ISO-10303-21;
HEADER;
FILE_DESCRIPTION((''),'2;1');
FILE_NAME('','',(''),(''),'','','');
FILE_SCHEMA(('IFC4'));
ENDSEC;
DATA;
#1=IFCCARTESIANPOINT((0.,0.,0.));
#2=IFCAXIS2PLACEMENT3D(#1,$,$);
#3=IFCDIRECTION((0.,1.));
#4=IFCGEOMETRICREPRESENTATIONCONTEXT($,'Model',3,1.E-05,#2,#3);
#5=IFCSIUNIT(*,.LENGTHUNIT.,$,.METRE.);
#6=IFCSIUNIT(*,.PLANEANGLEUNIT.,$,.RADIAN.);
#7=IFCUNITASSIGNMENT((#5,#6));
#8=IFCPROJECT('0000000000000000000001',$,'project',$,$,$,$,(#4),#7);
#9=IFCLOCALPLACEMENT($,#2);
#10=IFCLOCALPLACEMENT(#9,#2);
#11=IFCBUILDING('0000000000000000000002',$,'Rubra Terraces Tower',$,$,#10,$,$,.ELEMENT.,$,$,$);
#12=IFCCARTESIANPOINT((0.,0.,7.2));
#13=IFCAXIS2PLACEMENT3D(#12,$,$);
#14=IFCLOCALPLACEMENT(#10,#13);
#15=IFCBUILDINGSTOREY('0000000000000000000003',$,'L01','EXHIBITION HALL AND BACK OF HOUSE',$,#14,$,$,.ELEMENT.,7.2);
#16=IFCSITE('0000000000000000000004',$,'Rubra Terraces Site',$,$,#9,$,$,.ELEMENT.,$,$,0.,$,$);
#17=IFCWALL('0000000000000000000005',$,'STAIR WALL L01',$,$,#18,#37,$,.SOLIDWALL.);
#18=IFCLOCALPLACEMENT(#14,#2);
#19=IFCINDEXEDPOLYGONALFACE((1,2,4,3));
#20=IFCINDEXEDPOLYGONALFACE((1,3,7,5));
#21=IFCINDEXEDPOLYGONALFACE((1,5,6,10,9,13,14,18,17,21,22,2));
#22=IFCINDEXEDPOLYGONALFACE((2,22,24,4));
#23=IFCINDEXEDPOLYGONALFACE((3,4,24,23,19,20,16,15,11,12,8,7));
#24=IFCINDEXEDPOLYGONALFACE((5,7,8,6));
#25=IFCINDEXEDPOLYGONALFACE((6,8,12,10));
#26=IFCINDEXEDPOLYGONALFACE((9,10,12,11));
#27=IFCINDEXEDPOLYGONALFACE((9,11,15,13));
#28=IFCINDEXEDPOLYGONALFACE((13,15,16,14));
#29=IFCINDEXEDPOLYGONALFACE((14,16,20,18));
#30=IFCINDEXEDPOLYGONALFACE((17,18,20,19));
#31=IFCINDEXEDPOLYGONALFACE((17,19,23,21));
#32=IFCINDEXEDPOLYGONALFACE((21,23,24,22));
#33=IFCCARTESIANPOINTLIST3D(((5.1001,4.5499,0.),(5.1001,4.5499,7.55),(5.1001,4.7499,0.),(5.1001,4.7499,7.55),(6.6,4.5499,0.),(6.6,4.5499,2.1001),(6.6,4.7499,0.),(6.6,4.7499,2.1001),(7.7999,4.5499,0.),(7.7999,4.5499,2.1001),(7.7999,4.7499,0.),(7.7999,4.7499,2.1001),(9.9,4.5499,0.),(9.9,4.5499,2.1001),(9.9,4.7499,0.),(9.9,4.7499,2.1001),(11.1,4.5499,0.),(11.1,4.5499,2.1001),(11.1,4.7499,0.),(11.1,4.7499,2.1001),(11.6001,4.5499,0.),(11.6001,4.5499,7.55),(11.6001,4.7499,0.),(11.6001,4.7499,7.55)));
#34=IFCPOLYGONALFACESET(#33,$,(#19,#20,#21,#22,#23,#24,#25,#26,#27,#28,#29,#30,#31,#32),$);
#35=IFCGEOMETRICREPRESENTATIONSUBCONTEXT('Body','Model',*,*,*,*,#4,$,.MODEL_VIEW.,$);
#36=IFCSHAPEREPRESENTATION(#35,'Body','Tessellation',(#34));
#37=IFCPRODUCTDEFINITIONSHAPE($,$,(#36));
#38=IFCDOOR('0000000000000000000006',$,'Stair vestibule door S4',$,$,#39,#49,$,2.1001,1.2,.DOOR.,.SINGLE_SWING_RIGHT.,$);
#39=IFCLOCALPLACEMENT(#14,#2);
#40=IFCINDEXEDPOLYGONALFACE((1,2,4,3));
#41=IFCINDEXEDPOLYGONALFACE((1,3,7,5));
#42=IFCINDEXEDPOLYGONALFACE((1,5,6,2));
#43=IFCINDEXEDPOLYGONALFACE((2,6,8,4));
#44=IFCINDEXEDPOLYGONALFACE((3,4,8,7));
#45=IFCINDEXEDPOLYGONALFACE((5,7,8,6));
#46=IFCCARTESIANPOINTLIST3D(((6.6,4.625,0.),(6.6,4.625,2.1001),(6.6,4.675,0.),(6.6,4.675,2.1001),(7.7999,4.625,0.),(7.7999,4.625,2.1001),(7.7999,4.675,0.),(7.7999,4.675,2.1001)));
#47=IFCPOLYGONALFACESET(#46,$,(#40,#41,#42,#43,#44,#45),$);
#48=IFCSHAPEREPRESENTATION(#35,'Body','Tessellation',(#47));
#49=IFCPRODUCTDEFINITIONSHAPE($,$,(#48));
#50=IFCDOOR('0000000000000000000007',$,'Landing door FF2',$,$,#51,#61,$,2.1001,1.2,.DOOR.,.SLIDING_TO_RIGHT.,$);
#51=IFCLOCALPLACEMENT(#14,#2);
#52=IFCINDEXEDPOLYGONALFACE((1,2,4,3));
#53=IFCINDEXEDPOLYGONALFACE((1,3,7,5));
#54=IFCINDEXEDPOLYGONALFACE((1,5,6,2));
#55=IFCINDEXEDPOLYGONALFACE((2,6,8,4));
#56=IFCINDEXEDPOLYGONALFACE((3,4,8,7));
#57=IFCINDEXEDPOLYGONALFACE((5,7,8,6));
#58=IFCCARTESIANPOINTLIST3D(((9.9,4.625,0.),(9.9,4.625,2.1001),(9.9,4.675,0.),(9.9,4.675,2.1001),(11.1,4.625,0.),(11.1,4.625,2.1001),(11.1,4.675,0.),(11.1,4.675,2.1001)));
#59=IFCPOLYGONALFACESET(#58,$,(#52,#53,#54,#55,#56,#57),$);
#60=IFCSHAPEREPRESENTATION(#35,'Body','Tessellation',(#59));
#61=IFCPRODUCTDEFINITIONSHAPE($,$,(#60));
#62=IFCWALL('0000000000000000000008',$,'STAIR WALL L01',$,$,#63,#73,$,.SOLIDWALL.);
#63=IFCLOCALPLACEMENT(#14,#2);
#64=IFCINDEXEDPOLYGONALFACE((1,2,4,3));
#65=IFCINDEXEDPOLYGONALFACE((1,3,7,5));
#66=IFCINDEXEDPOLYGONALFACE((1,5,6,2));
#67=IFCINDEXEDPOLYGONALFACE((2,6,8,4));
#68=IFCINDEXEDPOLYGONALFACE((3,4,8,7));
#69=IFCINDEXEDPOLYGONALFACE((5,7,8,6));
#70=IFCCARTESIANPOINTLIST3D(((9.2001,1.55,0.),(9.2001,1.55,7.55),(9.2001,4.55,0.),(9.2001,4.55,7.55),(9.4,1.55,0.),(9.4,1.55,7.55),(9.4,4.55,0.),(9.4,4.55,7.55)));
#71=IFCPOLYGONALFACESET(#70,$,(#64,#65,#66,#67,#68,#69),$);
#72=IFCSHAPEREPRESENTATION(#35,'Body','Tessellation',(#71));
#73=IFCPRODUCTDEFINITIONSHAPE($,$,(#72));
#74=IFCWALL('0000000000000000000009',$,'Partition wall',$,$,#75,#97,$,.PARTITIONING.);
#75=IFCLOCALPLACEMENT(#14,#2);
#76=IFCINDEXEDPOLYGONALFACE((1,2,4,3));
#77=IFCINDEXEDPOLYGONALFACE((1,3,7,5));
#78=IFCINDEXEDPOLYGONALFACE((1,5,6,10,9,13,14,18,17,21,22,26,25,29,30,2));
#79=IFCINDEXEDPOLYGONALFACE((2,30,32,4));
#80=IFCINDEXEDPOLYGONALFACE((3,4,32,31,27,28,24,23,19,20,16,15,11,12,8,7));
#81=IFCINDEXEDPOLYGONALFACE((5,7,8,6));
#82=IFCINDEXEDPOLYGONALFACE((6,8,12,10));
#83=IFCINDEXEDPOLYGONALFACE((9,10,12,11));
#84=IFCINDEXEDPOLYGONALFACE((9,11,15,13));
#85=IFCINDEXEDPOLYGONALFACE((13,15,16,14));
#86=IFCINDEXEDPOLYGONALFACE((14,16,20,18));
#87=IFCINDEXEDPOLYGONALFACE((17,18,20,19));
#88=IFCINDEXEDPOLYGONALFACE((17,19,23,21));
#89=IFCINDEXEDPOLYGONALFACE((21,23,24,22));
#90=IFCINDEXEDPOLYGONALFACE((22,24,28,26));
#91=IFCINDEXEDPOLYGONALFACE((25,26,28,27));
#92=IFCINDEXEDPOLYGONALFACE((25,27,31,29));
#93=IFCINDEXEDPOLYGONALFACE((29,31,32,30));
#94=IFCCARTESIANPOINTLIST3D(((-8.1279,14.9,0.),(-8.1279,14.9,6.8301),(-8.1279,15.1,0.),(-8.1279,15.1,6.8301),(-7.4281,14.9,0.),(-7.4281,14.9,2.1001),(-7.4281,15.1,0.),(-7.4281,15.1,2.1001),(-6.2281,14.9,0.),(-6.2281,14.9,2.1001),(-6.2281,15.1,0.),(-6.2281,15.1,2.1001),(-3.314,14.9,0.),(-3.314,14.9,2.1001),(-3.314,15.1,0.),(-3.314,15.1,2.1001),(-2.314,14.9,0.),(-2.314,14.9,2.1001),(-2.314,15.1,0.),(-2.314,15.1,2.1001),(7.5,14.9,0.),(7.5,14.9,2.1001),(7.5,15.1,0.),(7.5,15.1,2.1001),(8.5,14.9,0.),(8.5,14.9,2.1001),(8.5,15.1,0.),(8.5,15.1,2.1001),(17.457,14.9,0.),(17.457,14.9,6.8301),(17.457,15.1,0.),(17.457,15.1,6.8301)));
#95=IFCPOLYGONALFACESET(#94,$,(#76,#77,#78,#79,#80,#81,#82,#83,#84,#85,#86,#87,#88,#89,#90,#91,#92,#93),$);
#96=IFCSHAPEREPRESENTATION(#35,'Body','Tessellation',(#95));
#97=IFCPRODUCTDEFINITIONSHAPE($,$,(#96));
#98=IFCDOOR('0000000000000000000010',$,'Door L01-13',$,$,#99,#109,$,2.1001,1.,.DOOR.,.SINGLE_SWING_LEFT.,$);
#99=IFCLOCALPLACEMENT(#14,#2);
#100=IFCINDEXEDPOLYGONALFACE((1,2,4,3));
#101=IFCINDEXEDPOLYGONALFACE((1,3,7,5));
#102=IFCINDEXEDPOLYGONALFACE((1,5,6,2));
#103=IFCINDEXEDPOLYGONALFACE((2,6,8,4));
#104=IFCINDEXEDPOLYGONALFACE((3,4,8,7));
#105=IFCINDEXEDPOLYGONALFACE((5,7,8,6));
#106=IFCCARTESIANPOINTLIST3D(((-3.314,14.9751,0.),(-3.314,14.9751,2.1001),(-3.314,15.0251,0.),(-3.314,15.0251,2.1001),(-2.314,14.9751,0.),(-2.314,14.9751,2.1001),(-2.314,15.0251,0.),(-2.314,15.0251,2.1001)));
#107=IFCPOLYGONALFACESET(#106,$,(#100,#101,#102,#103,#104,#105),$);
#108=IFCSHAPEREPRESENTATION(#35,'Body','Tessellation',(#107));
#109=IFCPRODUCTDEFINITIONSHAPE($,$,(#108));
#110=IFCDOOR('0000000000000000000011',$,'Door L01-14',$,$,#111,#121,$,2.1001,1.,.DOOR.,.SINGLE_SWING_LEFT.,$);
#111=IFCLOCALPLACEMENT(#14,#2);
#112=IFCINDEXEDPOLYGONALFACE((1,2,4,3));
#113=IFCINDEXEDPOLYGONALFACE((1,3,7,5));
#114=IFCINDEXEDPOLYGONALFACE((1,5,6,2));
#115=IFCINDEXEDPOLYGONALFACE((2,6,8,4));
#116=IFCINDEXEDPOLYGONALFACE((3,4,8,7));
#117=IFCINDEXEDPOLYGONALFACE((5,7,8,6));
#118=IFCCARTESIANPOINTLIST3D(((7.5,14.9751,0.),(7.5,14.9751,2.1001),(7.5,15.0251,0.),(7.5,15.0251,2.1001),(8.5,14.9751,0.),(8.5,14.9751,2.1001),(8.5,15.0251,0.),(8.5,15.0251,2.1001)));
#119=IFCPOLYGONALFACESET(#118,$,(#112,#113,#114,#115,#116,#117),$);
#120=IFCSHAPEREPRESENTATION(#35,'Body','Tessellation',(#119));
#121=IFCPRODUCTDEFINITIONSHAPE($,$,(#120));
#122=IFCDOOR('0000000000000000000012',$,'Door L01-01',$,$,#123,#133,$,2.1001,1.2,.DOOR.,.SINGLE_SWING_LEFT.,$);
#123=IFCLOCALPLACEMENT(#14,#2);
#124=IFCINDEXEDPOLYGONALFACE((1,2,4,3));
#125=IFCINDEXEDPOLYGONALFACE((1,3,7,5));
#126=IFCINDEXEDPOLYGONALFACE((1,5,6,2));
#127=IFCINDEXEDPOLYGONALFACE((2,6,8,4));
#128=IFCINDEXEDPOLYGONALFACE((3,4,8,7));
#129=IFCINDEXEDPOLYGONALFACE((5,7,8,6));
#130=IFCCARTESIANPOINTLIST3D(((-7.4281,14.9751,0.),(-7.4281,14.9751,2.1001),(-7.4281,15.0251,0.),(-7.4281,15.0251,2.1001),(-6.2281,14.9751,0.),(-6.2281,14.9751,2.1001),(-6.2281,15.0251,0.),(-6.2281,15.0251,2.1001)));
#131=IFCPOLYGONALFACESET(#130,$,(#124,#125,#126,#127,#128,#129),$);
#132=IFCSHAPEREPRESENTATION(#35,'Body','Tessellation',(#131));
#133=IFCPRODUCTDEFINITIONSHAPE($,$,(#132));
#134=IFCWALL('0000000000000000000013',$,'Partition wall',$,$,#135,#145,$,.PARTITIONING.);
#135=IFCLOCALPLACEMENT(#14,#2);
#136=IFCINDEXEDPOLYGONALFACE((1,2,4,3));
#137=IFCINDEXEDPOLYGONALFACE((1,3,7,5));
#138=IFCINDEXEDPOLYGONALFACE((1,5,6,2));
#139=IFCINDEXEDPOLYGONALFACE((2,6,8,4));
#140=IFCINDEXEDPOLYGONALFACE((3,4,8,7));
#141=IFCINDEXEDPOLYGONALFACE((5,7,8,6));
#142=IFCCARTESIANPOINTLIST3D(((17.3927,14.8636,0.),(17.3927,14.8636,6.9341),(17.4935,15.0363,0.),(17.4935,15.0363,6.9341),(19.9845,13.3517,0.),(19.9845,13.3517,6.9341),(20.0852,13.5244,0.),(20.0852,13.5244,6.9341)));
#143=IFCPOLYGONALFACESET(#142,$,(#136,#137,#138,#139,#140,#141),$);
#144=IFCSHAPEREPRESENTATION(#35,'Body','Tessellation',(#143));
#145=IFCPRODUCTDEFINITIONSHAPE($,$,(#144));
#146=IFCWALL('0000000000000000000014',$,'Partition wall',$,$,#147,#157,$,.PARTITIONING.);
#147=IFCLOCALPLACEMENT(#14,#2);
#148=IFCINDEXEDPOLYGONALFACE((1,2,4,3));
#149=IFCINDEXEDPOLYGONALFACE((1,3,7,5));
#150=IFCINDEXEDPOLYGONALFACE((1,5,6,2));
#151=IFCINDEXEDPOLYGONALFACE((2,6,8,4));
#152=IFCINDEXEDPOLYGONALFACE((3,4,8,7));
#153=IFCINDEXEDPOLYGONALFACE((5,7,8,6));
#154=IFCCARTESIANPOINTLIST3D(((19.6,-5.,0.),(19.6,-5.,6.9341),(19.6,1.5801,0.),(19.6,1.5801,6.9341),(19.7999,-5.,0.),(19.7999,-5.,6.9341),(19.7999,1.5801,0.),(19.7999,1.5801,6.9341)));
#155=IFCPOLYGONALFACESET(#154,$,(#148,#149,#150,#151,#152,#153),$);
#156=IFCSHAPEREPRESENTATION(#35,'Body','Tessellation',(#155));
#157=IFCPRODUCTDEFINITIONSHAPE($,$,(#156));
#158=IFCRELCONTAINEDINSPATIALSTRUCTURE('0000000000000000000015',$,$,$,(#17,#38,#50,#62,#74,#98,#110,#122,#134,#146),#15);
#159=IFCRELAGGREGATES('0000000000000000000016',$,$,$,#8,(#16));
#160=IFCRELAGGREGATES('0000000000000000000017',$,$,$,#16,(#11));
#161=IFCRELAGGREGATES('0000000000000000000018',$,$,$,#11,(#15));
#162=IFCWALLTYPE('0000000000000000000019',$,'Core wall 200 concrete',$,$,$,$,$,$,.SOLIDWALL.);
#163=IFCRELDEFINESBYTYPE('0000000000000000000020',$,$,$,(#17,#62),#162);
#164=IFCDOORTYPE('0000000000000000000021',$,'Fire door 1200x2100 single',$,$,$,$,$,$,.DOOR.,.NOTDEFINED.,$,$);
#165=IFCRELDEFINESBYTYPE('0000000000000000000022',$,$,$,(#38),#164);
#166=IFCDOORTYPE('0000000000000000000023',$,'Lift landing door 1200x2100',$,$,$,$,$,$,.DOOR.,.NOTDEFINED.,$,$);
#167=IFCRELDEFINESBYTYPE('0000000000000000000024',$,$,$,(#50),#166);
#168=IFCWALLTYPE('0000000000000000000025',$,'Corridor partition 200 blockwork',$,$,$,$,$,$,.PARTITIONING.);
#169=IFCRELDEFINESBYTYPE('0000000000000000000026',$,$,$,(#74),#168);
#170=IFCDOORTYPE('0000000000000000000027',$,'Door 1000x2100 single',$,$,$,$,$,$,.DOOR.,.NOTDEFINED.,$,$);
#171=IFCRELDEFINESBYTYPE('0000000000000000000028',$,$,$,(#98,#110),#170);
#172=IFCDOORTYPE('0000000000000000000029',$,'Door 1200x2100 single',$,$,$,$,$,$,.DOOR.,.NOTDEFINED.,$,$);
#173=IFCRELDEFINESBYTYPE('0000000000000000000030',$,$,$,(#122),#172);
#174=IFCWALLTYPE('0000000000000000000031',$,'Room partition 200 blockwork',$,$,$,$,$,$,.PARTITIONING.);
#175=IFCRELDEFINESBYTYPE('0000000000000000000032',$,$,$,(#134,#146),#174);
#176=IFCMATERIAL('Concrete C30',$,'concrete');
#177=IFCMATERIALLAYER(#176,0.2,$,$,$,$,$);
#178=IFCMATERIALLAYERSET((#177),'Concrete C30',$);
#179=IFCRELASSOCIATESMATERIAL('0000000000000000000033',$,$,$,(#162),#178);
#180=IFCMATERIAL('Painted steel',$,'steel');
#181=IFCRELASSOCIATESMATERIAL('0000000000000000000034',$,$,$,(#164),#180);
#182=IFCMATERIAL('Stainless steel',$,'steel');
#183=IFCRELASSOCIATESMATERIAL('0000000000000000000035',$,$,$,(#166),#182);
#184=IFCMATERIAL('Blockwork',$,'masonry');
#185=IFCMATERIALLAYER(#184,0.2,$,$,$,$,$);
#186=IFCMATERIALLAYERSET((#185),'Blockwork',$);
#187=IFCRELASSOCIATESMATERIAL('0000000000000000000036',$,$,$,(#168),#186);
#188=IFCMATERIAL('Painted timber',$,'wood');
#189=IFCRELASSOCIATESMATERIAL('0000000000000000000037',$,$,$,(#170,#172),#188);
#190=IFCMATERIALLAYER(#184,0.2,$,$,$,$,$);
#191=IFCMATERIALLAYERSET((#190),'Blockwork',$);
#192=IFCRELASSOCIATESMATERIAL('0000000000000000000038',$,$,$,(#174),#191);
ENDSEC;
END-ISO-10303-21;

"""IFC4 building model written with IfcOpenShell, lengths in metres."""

from ifc_helpers import new_model, si_unit, direction, frame, frame_2d, origin, place, context, subcontext, project, spatial, rectangle, extrude, material, layer, layer_set, type_object, element, fill, save


model = new_model("IFC4")

# Units and contexts
model_context = context("Model", 3, precision=1e-05, world=origin(), true_north=direction((0.0, 1.0)))
body_context = subcontext(model_context, "Body", "Model", "MODEL_VIEW")
ifc_project = project(units=[si_unit("LENGTHUNIT", "METRE"), si_unit("PLANEANGLEUNIT", "RADIAN")], contexts=[model_context])

# Site, building, storey
site_placement = place(None, origin())
site = spatial("IfcSite", under=ifc_project, at=site_placement, Name="Rubra Terraces Site", CompositionType="ELEMENT", RefElevation=0.0)
building_placement = place(site_placement, origin())
building = spatial("IfcBuilding", under=site, at=building_placement, Name="Rubra Terraces Tower", CompositionType="ELEMENT")
storey_placement = place(building_placement, frame((0.0, 0.0, 7.2)))
storey = spatial("IfcBuildingStorey", under=building, at=storey_placement, Name="L01", Description="EXHIBITION HALL AND BACK OF HOUSE", CompositionType="ELEMENT", Elevation=7.2)

# Wall, openings, doors
ifc_material_1 = material(Name="Concrete C30", Category="concrete")
ifc_layer_1 = layer(ifc_material_1, 0.2)
ifc_layer_set_1 = layer_set([ifc_layer_1], Name="Concrete C30")
wall_type_1 = type_object("IfcWallType", Name="Core wall 200 concrete", PredefinedType="SOLIDWALL", material=ifc_layer_set_1)
wall_1_placement = place(storey_placement, frame((11.6001, 4.6499, 0.0), z_axis=(0.0, 0.0, 1.0), x_axis=(-1.0, 0.0, 0.0)))
wall_1 = element("IfcWall", 1, at=wall_1_placement, inside=storey, type_object=wall_type_1, Name="STAIR WALL L01", PredefinedType="SOLIDWALL", context=body_context, shape_type="SweptSolid", body=[
    extrude(rectangle(XDim=6.5, YDim=0.2, at=frame_2d((3.25, 0.0))), origin(), (0.0, 0.0, 1.0), 7.55),
])
opening_1_placement = place(wall_1_placement, frame((3.8, 0.0, 0.0)))
opening_1 = element("IfcOpeningElement", 2, at=opening_1_placement, cuts=wall_1, PredefinedType="OPENING", context=body_context, shape_type="SweptSolid", body=[
    extrude(rectangle(XDim=1.2, YDim=2.1001, at=frame_2d((0.6001, 1.05))), frame((0.0, 0.1099, 0.0), z_axis=(0.0, -1.0, 0.0), x_axis=(1.0, 0.0, 0.0)), (0.0, 0.0, 1.0), 0.22),
])
opening_2_placement = place(wall_1_placement, frame((0.5, 0.0, 0.0)))
opening_2 = element("IfcOpeningElement", 3, at=opening_2_placement, cuts=wall_1, PredefinedType="OPENING", context=body_context, shape_type="SweptSolid", body=[
    extrude(rectangle(XDim=1.2, YDim=2.1001, at=frame_2d((0.6001, 1.05))), frame((0.0, 0.1099, 0.0), z_axis=(0.0, -1.0, 0.0), x_axis=(1.0, 0.0, 0.0)), (0.0, 0.0, 1.0), 0.22),
])
ifc_material_2 = material(Name="Painted steel", Category="steel")
door_type_1 = type_object("IfcDoorType", Name="Fire door 1200x2100 single", OperationType="NOTDEFINED", PredefinedType="DOOR", material=ifc_material_2)
door_1_placement = place(opening_1_placement, origin())
door_1 = element("IfcDoor", 4, at=door_1_placement, inside=storey, type_object=door_type_1, Name="Stair vestibule door S4", OperationType="SINGLE_SWING_RIGHT", OverallHeight=2.1001, OverallWidth=1.2, PredefinedType="DOOR", context=body_context, shape_type="SweptSolid", body=[
    extrude(rectangle(XDim=1.2, YDim=2.1001, at=frame_2d((0.6001, 1.05))), frame((0.0, 0.0249, 0.0), z_axis=(0.0, -1.0, 0.0), x_axis=(1.0, 0.0, 0.0)), (0.0, 0.0, 1.0), 0.05),
])
fill(opening_1, door_1)
ifc_material_3 = material(Name="Stainless steel", Category="steel")
door_type_2 = type_object("IfcDoorType", Name="Lift landing door 1200x2100", OperationType="NOTDEFINED", PredefinedType="DOOR", material=ifc_material_3)
door_2_placement = place(opening_2_placement, origin())
door_2 = element("IfcDoor", 5, at=door_2_placement, inside=storey, type_object=door_type_2, Name="Landing door FF2", OperationType="SLIDING_TO_RIGHT", OverallHeight=2.1001, OverallWidth=1.2, PredefinedType="DOOR", context=body_context, shape_type="SweptSolid", body=[
    extrude(rectangle(XDim=1.2, YDim=2.1001, at=frame_2d((0.6001, 1.05))), frame((0.0, 0.0249, 0.0), z_axis=(0.0, -1.0, 0.0), x_axis=(1.0, 0.0, 0.0)), (0.0, 0.0, 1.0), 0.05),
])
fill(opening_2, door_2)

# Wall
wall_2_placement = place(storey_placement, frame((9.3, 4.55, 0.0), z_axis=(0.0, 0.0, 1.0), x_axis=(0.0, -1.0, 0.0)))
element("IfcWall", 6, at=wall_2_placement, inside=storey, type_object=wall_type_1, Name="STAIR WALL L01", PredefinedType="SOLIDWALL", context=body_context, shape_type="SweptSolid", body=[
    extrude(rectangle(XDim=3.0, YDim=0.2, at=frame_2d((1.5, 0.0))), origin(), (0.0, 0.0, 1.0), 7.55),
])

# Wall, openings, doors
ifc_material_4 = material(Name="Blockwork", Category="masonry")
ifc_layer_2 = layer(ifc_material_4, 0.2)
ifc_layer_set_2 = layer_set([ifc_layer_2], Name="Blockwork")
wall_type_2 = type_object("IfcWallType", Name="Corridor partition 200 blockwork", PredefinedType="PARTITIONING", material=ifc_layer_set_2)
wall_3_placement = place(storey_placement, frame((17.457, 15.0, 0.0), z_axis=(0.0, 0.0, 1.0), x_axis=(-1.0, 0.0, 0.0)))
wall_3 = element("IfcWall", 7, at=wall_3_placement, inside=storey, type_object=wall_type_2, Name="Partition wall", PredefinedType="PARTITIONING", context=body_context, shape_type="SweptSolid", body=[
    extrude(rectangle(XDim=25.585, YDim=0.2, at=frame_2d((12.7925, 0.0))), origin(), (0.0, 0.0, 1.0), 6.8301),
])
opening_3_placement = place(wall_3_placement, frame((23.6851, 0.0, 0.0)))
opening_3 = element("IfcOpeningElement", 8, at=opening_3_placement, cuts=wall_3, PredefinedType="OPENING", context=body_context, shape_type="SweptSolid", body=[
    extrude(rectangle(XDim=1.2, YDim=2.1001, at=frame_2d((0.6001, 1.05))), frame((0.0, 0.1099, 0.0), z_axis=(0.0, -1.0, 0.0), x_axis=(1.0, 0.0, 0.0)), (0.0, 0.0, 1.0), 0.22),
])
opening_4_placement = place(wall_3_placement, frame((19.771, 0.0, 0.0)))
opening_4 = element("IfcOpeningElement", 9, at=opening_4_placement, cuts=wall_3, PredefinedType="OPENING", context=body_context, shape_type="SweptSolid", body=[
    extrude(rectangle(XDim=1.0, YDim=2.1001, at=frame_2d((0.5, 1.05))), frame((0.0, 0.1099, 0.0), z_axis=(0.0, -1.0, 0.0), x_axis=(1.0, 0.0, 0.0)), (0.0, 0.0, 1.0), 0.22),
])
opening_5_placement = place(wall_3_placement, frame((8.957, 0.0, 0.0)))
opening_5 = element("IfcOpeningElement", 10, at=opening_5_placement, cuts=wall_3, PredefinedType="OPENING", context=body_context, shape_type="SweptSolid", body=[
    extrude(rectangle(XDim=1.0, YDim=2.1001, at=frame_2d((0.5, 1.05))), frame((0.0, 0.1099, 0.0), z_axis=(0.0, -1.0, 0.0), x_axis=(1.0, 0.0, 0.0)), (0.0, 0.0, 1.0), 0.22),
])
ifc_material_5 = material(Name="Painted timber", Category="wood")
door_type_3 = type_object("IfcDoorType", Name="Door 1000x2100 single", OperationType="NOTDEFINED", PredefinedType="DOOR", material=ifc_material_5)
door_3_placement = place(opening_4_placement, origin())
door_3 = element("IfcDoor", 11, at=door_3_placement, inside=storey, type_object=door_type_3, Name="Door L01-13", OperationType="SINGLE_SWING_LEFT", OverallHeight=2.1001, OverallWidth=1.0, PredefinedType="DOOR", context=body_context, shape_type="SweptSolid", body=[
    extrude(rectangle(XDim=1.0, YDim=2.1001, at=frame_2d((0.5, 1.05))), frame((0.0, 0.0249, 0.0), z_axis=(0.0, -1.0, 0.0), x_axis=(1.0, 0.0, 0.0)), (0.0, 0.0, 1.0), 0.05),
])
fill(opening_4, door_3)
door_4_placement = place(opening_5_placement, origin())
door_4 = element("IfcDoor", 12, at=door_4_placement, inside=storey, type_object=door_type_3, Name="Door L01-14", OperationType="SINGLE_SWING_LEFT", OverallHeight=2.1001, OverallWidth=1.0, PredefinedType="DOOR", context=body_context, shape_type="SweptSolid", body=[
    extrude(rectangle(XDim=1.0, YDim=2.1001, at=frame_2d((0.5, 1.05))), frame((0.0, 0.0249, 0.0), z_axis=(0.0, -1.0, 0.0), x_axis=(1.0, 0.0, 0.0)), (0.0, 0.0, 1.0), 0.05),
])
fill(opening_5, door_4)
door_type_4 = type_object("IfcDoorType", Name="Door 1200x2100 single", OperationType="NOTDEFINED", PredefinedType="DOOR", material=ifc_material_5)
door_5_placement = place(opening_3_placement, origin())
door_5 = element("IfcDoor", 13, at=door_5_placement, inside=storey, type_object=door_type_4, Name="Door L01-01", OperationType="SINGLE_SWING_LEFT", OverallHeight=2.1001, OverallWidth=1.2, PredefinedType="DOOR", context=body_context, shape_type="SweptSolid", body=[
    extrude(rectangle(XDim=1.2, YDim=2.1001, at=frame_2d((0.6001, 1.05))), frame((0.0, 0.0249, 0.0), z_axis=(0.0, -1.0, 0.0), x_axis=(1.0, 0.0, 0.0)), (0.0, 0.0, 1.0), 0.05),
])
fill(opening_3, door_5)

# Walls
ifc_layer_3 = layer(ifc_material_4, 0.2)
ifc_layer_set_3 = layer_set([ifc_layer_3], Name="Blockwork")
wall_type_3 = type_object("IfcWallType", Name="Room partition 200 blockwork", PredefinedType="PARTITIONING", material=ifc_layer_set_3)
wall_4_placement = place(storey_placement, frame((17.4431, 14.95, 0.0), z_axis=(0.0, 0.0, 1.0), x_axis=(0.863767, -0.503891, 0.0)))
element("IfcWall", 14, at=wall_4_placement, inside=storey, type_object=wall_type_3, Name="Partition wall", PredefinedType="PARTITIONING", context=body_context, shape_type="SweptSolid", body=[
    extrude(rectangle(XDim=3.0005, YDim=0.2, at=frame_2d((1.5002, 0.0))), origin(), (0.0, 0.0, 1.0), 6.9341),
])
wall_5_placement = place(storey_placement, frame((19.7, 1.5801, 0.0), z_axis=(0.0, 0.0, 1.0), x_axis=(0.0, -1.0, 0.0)))
element("IfcWall", 15, at=wall_5_placement, inside=storey, type_object=wall_type_3, Name="Partition wall", PredefinedType="PARTITIONING", context=body_context, shape_type="SweptSolid", body=[
    extrude(rectangle(XDim=6.5801, YDim=0.2, at=frame_2d((3.29, 0.0))), origin(), (0.0, 0.0, 1.0), 6.9341),
])

save(model, "model.ifc")
